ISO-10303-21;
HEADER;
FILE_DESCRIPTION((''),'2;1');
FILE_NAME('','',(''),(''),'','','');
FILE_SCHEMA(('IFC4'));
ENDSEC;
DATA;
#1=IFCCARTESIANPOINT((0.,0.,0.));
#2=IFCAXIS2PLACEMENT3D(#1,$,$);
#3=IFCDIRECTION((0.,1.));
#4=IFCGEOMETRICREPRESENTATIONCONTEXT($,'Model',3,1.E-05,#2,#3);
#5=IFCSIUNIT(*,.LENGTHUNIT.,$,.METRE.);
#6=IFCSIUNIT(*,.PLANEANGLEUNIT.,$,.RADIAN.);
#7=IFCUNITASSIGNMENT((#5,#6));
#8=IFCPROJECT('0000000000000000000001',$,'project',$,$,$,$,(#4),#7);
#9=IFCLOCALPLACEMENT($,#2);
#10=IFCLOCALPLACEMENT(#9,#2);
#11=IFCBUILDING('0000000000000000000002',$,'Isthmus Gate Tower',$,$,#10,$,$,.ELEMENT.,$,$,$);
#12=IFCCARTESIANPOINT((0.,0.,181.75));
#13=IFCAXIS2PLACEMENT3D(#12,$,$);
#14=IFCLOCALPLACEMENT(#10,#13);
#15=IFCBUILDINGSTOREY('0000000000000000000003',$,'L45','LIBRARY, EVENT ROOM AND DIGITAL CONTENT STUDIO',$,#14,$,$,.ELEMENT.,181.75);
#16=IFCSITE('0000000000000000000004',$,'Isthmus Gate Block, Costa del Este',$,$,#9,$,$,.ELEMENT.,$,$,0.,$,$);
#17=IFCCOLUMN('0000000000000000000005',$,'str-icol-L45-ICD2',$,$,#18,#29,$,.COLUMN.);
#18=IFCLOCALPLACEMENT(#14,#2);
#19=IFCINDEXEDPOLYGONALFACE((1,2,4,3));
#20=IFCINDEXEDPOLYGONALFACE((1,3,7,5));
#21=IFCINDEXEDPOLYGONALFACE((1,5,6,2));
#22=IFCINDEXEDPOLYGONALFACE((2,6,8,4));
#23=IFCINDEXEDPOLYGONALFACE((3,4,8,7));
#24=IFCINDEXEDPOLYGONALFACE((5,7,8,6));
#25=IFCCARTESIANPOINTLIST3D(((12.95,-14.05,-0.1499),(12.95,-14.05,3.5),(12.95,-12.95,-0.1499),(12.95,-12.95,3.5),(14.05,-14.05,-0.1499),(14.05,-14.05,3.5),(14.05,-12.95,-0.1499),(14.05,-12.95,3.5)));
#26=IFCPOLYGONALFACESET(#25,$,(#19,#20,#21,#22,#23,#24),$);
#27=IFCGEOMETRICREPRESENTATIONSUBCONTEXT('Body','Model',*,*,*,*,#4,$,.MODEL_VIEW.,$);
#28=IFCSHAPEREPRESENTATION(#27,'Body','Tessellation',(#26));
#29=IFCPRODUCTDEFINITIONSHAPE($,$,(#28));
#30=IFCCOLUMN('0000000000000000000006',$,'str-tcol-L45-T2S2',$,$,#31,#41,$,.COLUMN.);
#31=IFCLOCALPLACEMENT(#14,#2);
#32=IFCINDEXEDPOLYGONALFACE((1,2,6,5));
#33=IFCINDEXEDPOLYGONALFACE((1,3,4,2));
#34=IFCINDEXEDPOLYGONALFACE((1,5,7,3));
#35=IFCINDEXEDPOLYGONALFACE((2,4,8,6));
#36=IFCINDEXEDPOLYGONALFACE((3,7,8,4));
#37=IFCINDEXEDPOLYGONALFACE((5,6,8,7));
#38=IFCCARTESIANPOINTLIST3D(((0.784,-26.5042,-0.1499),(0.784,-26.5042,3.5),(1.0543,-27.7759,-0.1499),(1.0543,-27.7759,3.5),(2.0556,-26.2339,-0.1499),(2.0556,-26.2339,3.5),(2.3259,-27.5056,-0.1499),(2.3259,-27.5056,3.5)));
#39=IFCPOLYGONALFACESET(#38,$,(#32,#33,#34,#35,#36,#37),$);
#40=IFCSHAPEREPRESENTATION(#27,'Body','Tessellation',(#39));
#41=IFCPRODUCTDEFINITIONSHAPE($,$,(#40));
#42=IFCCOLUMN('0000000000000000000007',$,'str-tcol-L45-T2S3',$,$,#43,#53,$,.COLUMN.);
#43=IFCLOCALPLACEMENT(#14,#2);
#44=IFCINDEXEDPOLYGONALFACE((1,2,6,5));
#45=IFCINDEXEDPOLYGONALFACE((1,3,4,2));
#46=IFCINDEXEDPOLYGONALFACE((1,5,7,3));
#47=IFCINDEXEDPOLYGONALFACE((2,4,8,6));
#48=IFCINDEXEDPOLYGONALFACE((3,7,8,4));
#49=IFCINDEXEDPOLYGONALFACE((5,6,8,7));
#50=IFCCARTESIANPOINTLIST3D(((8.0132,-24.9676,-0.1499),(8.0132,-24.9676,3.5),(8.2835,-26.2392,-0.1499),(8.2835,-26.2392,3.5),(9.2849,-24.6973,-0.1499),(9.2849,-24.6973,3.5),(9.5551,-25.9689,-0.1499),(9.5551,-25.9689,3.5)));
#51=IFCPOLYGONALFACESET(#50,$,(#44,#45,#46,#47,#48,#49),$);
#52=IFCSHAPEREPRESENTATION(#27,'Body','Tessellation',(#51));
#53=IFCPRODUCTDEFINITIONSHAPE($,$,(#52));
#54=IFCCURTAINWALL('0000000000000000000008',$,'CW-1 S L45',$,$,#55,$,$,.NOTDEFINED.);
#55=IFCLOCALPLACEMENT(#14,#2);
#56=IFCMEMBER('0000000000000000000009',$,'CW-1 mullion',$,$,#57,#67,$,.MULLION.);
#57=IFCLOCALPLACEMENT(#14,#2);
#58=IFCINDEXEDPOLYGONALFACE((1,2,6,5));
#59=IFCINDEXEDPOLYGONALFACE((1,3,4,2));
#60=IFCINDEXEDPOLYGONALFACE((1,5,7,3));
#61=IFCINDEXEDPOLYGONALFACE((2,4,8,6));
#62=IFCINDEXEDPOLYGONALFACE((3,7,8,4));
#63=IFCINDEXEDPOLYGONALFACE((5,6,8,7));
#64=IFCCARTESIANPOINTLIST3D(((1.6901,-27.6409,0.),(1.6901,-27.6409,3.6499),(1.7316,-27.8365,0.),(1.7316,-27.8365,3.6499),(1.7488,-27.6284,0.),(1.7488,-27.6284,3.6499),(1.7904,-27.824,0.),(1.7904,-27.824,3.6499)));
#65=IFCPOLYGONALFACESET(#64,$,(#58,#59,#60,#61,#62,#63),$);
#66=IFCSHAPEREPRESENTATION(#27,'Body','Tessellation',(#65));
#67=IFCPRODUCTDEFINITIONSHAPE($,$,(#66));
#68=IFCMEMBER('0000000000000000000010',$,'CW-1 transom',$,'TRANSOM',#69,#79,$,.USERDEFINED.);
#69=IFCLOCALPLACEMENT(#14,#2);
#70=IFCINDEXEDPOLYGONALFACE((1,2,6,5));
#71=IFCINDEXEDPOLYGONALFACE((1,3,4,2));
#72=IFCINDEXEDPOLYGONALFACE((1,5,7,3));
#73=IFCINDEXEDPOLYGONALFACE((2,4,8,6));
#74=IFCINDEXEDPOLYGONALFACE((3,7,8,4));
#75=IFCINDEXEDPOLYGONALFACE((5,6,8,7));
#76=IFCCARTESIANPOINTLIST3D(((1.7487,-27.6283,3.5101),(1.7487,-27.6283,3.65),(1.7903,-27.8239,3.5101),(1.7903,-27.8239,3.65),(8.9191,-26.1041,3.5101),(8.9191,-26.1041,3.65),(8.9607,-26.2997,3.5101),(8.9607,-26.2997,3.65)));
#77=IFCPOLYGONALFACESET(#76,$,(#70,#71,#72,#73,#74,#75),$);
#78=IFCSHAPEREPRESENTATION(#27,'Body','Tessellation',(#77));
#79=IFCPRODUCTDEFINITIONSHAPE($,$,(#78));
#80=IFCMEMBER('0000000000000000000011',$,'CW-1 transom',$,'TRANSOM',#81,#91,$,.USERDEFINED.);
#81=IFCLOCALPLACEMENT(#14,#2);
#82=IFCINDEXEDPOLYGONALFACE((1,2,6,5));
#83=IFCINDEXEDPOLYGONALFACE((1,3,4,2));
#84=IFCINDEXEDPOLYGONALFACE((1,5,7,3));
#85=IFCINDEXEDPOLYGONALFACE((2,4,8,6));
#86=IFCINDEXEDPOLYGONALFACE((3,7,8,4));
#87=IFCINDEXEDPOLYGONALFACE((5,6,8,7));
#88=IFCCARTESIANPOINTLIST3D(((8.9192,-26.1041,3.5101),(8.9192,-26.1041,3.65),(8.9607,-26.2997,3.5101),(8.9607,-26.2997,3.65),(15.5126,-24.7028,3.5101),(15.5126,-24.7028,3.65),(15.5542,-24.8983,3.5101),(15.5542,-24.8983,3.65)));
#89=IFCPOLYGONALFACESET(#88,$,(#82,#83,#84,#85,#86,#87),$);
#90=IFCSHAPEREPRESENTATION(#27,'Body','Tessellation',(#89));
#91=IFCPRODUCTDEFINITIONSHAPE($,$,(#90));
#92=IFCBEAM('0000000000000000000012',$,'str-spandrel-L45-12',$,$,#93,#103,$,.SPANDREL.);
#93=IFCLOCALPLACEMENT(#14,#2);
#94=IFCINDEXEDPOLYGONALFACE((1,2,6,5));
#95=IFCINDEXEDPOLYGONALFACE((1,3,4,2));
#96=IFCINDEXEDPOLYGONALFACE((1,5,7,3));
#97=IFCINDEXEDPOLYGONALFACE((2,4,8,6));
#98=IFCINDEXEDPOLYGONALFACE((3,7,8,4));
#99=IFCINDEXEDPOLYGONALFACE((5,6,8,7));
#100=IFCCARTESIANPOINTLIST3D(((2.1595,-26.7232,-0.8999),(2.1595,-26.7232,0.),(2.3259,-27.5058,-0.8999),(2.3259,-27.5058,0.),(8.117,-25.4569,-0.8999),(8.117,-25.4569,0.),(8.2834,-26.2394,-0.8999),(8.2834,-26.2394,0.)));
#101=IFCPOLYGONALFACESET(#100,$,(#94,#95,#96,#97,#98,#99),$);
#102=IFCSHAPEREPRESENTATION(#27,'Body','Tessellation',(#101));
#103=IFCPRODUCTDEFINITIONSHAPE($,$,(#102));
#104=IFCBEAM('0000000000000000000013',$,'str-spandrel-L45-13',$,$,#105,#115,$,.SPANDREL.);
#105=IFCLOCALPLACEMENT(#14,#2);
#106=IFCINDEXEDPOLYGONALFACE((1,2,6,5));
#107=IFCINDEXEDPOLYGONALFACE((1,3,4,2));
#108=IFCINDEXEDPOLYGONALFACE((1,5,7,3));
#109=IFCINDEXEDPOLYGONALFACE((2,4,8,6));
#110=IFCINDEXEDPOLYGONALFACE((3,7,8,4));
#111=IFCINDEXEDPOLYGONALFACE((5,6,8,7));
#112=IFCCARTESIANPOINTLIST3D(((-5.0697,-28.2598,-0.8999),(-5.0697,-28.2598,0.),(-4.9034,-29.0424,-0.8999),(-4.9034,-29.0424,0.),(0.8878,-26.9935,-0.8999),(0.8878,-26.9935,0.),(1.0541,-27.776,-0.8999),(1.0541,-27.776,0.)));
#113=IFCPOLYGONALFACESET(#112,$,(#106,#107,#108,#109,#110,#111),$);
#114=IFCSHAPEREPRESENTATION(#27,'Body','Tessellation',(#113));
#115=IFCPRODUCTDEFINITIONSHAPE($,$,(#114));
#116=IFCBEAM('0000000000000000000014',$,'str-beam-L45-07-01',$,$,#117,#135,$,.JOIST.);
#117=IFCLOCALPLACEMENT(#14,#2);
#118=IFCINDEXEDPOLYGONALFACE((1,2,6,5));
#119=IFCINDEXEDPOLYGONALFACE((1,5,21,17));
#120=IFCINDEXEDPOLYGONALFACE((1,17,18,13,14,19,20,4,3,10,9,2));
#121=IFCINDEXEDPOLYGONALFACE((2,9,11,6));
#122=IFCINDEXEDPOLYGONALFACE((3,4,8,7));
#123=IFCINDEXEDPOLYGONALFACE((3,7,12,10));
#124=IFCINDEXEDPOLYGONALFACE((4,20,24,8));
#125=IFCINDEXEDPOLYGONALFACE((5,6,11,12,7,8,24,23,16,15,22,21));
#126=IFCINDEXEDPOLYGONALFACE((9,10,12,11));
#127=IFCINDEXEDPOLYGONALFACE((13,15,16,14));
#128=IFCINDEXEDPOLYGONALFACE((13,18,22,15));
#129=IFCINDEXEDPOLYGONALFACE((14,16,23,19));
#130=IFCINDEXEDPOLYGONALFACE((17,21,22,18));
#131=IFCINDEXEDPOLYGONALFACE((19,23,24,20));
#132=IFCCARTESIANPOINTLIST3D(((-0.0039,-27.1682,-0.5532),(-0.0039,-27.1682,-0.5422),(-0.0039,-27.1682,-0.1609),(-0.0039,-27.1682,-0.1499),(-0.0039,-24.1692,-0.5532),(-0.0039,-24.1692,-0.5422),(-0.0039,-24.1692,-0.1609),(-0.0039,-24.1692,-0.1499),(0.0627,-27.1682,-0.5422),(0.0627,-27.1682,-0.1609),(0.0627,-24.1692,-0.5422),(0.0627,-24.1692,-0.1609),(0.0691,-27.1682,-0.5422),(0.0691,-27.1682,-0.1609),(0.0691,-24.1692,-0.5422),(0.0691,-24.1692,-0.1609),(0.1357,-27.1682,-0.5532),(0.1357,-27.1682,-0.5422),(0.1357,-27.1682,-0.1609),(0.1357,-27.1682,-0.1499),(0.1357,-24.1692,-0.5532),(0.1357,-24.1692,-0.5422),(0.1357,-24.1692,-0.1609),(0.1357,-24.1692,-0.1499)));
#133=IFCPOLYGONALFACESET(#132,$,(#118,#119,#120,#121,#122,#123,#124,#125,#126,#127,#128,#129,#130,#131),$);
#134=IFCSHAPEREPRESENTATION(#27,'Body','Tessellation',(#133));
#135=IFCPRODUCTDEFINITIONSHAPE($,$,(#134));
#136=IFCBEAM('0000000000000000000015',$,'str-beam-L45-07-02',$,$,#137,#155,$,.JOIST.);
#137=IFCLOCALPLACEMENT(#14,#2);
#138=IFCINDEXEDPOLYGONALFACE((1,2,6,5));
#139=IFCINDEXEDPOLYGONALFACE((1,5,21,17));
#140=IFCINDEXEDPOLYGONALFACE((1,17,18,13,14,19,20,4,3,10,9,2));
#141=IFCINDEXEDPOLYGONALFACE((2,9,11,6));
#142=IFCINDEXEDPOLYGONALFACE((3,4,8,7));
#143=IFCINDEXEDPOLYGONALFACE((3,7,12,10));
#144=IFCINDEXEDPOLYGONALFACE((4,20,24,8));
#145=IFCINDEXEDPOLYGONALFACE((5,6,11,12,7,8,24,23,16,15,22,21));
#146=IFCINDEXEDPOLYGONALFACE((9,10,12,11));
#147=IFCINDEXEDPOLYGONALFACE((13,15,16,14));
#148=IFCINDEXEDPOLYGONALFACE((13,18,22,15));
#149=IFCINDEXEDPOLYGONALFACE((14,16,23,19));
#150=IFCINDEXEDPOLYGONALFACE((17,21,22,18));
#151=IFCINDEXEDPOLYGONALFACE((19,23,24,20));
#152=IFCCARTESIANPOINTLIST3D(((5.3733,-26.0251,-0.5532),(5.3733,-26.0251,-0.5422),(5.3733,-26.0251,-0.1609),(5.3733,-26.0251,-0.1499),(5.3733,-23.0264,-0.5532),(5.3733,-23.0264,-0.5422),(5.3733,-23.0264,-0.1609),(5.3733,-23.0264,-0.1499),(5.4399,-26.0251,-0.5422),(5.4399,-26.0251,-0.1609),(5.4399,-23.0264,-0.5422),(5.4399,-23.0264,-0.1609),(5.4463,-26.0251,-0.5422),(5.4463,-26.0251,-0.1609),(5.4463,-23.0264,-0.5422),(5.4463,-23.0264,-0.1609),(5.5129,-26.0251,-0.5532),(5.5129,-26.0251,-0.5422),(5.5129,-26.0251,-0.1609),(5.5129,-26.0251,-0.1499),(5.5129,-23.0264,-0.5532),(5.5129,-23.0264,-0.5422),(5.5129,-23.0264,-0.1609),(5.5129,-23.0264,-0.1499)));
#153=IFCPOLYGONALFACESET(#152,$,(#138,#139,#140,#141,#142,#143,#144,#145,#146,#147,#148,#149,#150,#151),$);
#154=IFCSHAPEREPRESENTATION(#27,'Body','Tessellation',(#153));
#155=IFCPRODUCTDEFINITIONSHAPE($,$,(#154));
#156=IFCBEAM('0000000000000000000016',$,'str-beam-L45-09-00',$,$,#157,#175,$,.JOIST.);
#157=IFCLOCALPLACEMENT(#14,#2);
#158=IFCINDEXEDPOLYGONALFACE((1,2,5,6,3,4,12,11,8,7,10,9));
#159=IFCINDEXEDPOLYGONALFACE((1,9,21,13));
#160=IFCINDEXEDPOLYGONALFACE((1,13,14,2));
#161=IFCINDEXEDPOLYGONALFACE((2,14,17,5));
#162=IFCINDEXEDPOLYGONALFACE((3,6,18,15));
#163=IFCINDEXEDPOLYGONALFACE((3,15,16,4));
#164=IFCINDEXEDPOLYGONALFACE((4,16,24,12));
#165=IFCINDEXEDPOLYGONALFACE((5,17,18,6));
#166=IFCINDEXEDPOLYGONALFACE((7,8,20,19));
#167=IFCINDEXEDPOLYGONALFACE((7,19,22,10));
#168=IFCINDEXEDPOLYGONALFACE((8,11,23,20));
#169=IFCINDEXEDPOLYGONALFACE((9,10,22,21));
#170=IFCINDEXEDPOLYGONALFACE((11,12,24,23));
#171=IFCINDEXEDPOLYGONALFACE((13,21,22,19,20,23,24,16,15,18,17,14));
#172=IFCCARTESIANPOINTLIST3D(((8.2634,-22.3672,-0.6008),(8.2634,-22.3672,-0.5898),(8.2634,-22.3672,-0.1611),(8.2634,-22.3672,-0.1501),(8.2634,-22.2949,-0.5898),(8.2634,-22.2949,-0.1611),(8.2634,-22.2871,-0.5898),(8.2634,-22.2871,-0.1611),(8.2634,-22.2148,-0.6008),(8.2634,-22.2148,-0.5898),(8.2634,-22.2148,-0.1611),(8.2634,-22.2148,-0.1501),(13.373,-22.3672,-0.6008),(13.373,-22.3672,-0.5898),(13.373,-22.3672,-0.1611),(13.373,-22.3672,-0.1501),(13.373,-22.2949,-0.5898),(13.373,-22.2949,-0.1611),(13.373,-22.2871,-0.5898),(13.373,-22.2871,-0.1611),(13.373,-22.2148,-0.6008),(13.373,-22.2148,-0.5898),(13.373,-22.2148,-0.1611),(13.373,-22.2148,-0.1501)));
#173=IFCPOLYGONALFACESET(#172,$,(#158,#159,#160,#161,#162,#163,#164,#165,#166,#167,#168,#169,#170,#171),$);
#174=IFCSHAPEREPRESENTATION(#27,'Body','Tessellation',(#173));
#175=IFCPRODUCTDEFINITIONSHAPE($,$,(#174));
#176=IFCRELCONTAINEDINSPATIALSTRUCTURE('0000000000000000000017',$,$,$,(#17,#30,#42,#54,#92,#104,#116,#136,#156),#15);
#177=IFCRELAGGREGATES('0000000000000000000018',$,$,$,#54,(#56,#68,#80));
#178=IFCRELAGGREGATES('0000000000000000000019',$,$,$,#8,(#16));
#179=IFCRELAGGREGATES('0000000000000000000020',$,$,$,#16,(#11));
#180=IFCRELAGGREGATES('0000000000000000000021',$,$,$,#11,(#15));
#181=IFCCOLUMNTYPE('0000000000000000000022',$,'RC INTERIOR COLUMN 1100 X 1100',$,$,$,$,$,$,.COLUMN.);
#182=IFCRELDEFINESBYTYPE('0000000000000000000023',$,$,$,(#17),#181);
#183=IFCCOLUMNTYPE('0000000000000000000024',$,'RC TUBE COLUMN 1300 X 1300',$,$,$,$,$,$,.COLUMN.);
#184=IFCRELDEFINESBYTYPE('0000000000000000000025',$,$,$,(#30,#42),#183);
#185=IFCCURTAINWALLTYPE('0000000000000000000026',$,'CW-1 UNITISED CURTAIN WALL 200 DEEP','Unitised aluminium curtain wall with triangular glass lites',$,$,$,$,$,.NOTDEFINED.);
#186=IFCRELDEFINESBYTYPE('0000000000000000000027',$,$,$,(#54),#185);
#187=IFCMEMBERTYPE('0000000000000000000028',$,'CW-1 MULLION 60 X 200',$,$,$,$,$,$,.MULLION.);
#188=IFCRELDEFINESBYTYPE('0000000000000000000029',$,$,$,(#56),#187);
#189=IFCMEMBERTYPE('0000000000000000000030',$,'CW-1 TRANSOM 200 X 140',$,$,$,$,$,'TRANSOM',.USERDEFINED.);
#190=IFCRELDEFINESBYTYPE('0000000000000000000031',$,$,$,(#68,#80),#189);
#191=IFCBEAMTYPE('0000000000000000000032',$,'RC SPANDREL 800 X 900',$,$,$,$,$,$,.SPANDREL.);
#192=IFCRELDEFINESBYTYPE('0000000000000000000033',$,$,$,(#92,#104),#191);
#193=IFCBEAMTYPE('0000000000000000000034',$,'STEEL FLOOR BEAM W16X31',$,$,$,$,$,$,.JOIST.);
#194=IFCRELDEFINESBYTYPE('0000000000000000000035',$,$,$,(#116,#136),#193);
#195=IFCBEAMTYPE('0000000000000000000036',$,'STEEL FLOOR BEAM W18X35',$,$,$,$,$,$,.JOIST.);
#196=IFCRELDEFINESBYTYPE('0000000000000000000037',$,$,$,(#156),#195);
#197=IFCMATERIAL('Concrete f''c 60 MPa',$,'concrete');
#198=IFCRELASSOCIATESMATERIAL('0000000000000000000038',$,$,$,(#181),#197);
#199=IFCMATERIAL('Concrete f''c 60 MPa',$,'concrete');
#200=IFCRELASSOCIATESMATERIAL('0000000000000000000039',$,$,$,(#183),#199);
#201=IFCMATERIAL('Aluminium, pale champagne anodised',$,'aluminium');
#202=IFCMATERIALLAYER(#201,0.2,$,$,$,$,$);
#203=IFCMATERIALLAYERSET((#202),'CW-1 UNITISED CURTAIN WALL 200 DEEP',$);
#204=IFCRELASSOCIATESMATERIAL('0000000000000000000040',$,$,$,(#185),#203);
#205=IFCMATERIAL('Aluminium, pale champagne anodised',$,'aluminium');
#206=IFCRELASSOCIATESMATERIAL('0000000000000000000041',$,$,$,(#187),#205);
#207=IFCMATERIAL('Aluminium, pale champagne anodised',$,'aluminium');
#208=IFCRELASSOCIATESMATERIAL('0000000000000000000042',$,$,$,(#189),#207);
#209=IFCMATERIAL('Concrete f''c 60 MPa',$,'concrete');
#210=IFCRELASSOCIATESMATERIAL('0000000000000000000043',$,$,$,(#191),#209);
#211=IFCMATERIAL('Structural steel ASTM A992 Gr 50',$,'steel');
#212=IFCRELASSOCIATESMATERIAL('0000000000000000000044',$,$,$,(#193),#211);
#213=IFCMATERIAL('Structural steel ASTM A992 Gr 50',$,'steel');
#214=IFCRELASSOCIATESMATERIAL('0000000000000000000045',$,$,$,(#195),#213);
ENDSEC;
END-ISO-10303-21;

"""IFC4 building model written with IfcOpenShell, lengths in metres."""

from ifc_helpers import new_model, si_unit, direction, frame, origin, origin_2d, place, context, subcontext, project, spatial, rectangle, i_section, extrude, material, layer, layer_set, material_profile, profile_set, type_object, element, aggregate, save


model = new_model("IFC4")

# Units and contexts
model_context = context("Model", 3, precision=1e-05, world=origin(), true_north=direction((0.0, 1.0)))
body_context = subcontext(model_context, "Body", "Model", "MODEL_VIEW")
ifc_project = project(units=[si_unit("LENGTHUNIT", "METRE"), si_unit("PLANEANGLEUNIT", "RADIAN")], contexts=[model_context])

# Site, building, storey
site_placement = place(None, origin())
site = spatial("IfcSite", under=ifc_project, at=site_placement, Name="Isthmus Gate Block, Costa del Este", CompositionType="ELEMENT", RefElevation=0.0)
building_placement = place(site_placement, origin())
building = spatial("IfcBuilding", under=site, at=building_placement, Name="Isthmus Gate Tower", CompositionType="ELEMENT")
storey_placement = place(building_placement, frame((0.0, 0.0, 181.75)))
storey = spatial("IfcBuildingStorey", under=building, at=storey_placement, Name="L45", Description="LIBRARY, EVENT ROOM AND DIGITAL CONTENT STUDIO", CompositionType="ELEMENT", Elevation=181.75)

# Columns
ifc_material_1 = material(Name="Concrete f'c 60 MPa", Category="concrete")
ifc_material_profile_1 = material_profile(ifc_material_1, rectangle(XDim=1.1001, YDim=1.1001, at=origin_2d()), Name="RC 1100X1100")
ifc_profile_set_1 = profile_set([ifc_material_profile_1], Name="Concrete f'c 60 MPa")
column_type_1 = type_object("IfcColumnType", Name="RC INTERIOR COLUMN 1100 X 1100", PredefinedType="COLUMN", material=ifc_profile_set_1)
column_placement = place(storey_placement, frame((13.5, -13.5, -0.1499), z_axis=(0.0, 0.0, 1.0), x_axis=(1.0, 0.0, 0.0)))
element("IfcColumn", 1, at=column_placement, inside=storey, type_object=column_type_1, Name="str-icol-L45-ICD2", PredefinedType="COLUMN", context=body_context, shape_type="SweptSolid", body=[
    extrude(rectangle(XDim=1.1001, YDim=1.1001, at=origin_2d()), origin(), (0.0, 0.0, 1.0), 3.6499),
])
ifc_material_2 = material(Name="Concrete f'c 60 MPa", Category="concrete")
ifc_material_profile_2 = material_profile(ifc_material_2, rectangle(XDim=1.3, YDim=1.3, at=origin_2d()), Name="RC 1300X1300")
ifc_profile_set_2 = profile_set([ifc_material_profile_2], Name="Concrete f'c 60 MPa")
column_type_2 = type_object("IfcColumnType", Name="RC TUBE COLUMN 1300 X 1300", PredefinedType="COLUMN", material=ifc_profile_set_2)
for number, where, z_axis, x_axis, name in (
    (2, (1.5549, -27.0049, -0.1499), (0.0, 0.0, 1.0), (0.978148, 0.207912, 0.0), "str-tcol-L45-T2S2"),
    (3, (8.7842, -25.4683, -0.1499), (0.0, 0.0, 1.0), (0.978148, 0.207912, 0.0), "str-tcol-L45-T2S3"),
):
    element("IfcColumn", number, at=place(storey_placement, frame(where, z_axis=z_axis, x_axis=x_axis)), inside=storey, type_object=column_type_2, Name=name, PredefinedType="COLUMN", context=body_context, shape_type="SweptSolid", body=[
        extrude(rectangle(XDim=1.3, YDim=1.3, at=origin_2d()), origin(), (0.0, 0.0, 1.0), 3.6499),
    ])

# Curtain wall, members
ifc_material_3 = material(Name="Aluminium, pale champagne anodised", Category="aluminium")
ifc_layer_1 = layer(ifc_material_3, 0.2)
ifc_layer_set_1 = layer_set([ifc_layer_1], Name="CW-1 UNITISED CURTAIN WALL 200 DEEP")
curtain_wall_type = type_object("IfcCurtainWallType", Name="CW-1 UNITISED CURTAIN WALL 200 DEEP", Description="Unitised aluminium curtain wall with triangular glass lites", PredefinedType="NOTDEFINED", material=ifc_layer_set_1)
curtain_wall_placement = place(storey_placement, origin())
curtain_wall = element("IfcCurtainWall", 4, at=curtain_wall_placement, inside=storey, type_object=curtain_wall_type, Name="CW-1 S L45", PredefinedType="NOTDEFINED")
ifc_material_4 = material(Name="Aluminium, pale champagne anodised", Category="aluminium")
ifc_material_profile_3 = material_profile(ifc_material_4, rectangle(XDim=0.0601, YDim=0.2, at=origin_2d()), Name="60x200")
ifc_profile_set_3 = profile_set([ifc_material_profile_3], Name="Aluminium, pale champagne anodised")
member_type_1 = type_object("IfcMemberType", Name="CW-1 MULLION 60 X 200", PredefinedType="MULLION", material=ifc_profile_set_3)
member_1_placement = place(storey_placement, frame((1.7402, -27.7324, 0.0), z_axis=(0.0, 0.0, 1.0), x_axis=(0.978148, 0.207912, 0.0)))
member_1 = element("IfcMember", 5, at=member_1_placement, type_object=member_type_1, Name="CW-1 mullion", PredefinedType="MULLION", context=body_context, shape_type="SweptSolid", body=[
    extrude(rectangle(XDim=0.0601, YDim=0.2, at=origin_2d()), origin(), (0.0, 0.0, 1.0), 3.6499),
])
ifc_material_5 = material(Name="Aluminium, pale champagne anodised", Category="aluminium")
ifc_material_profile_4 = material_profile(ifc_material_5, rectangle(XDim=0.2, YDim=0.1399, at=origin_2d()), Name="200x140")
ifc_profile_set_4 = profile_set([ifc_material_profile_4], Name="Aluminium, pale champagne anodised")
member_type_2 = type_object("IfcMemberType", Name="CW-1 TRANSOM 200 X 140", ElementType="TRANSOM", PredefinedType="USERDEFINED", material=ifc_profile_set_4)
member_2_placement = place(storey_placement, frame((1.7695, -27.7261, 3.5801), z_axis=(0.978146, 0.207919, 0.0), x_axis=(-0.207919, 0.978146, 0.0)))
member_2 = element("IfcMember", 6, at=member_2_placement, type_object=member_type_2, Name="CW-1 transom", ObjectType="TRANSOM", PredefinedType="USERDEFINED", context=body_context, shape_type="SweptSolid", body=[
    extrude(rectangle(XDim=0.2, YDim=0.1399, at=origin_2d()), origin(), (0.0, 0.0, 1.0), 7.3306),
])
member_3_placement = place(storey_placement, frame((8.9399, -26.2019, 3.5801), z_axis=(0.978151, 0.207894, 0.0), x_axis=(-0.207894, 0.978151, 0.0)))
member_3 = element("IfcMember", 7, at=member_3_placement, type_object=member_type_2, Name="CW-1 transom", ObjectType="TRANSOM", PredefinedType="USERDEFINED", context=body_context, shape_type="SweptSolid", body=[
    extrude(rectangle(XDim=0.2, YDim=0.1399, at=origin_2d()), origin(), (0.0, 0.0, 1.0), 6.7407),
])

# Beams
ifc_material_6 = material(Name="Concrete f'c 60 MPa", Category="concrete")
ifc_material_profile_5 = material_profile(ifc_material_6, rectangle(XDim=0.8, YDim=0.8999, at=origin_2d()), Name="RC 800X900")
ifc_profile_set_5 = profile_set([ifc_material_profile_5], Name="Concrete f'c 60 MPa")
beam_type_1 = type_object("IfcBeamType", Name="RC SPANDREL 800 X 900", PredefinedType="SPANDREL", material=ifc_profile_set_5)
for number, where, z_axis, x_axis, name in (
    (8, (8.2002, -25.8481, -0.45), (-0.978146, -0.207919, 0.0), (0.207919, -0.978146, 0.0), "str-spandrel-L45-12"),
    (9, (0.9709, -27.3848, -0.45), (-0.978146, -0.207919, 0.0), (0.207919, -0.978146, 0.0), "str-spandrel-L45-13"),
):
    element("IfcBeam", number, at=place(storey_placement, frame(where, z_axis=z_axis, x_axis=x_axis)), inside=storey, type_object=beam_type_1, Name=name, PredefinedType="SPANDREL", context=body_context, shape_type="SweptSolid", body=[
        extrude(rectangle(XDim=0.8, YDim=0.8999, at=origin_2d()), origin(), (0.0, 0.0, 1.0), 6.0906),
    ])
ifc_material_7 = material(Name="Structural steel ASTM A992 Gr 50", Category="steel")
ifc_material_profile_6 = material_profile(ifc_material_7, i_section(OverallWidth=0.1396, OverallDepth=0.4033, WebThickness=0.0063, FlangeThickness=0.011, at=origin_2d()), Name="W16X31")
ifc_profile_set_6 = profile_set([ifc_material_profile_6], Name="Structural steel ASTM A992 Gr 50")
beam_type_2 = type_object("IfcBeamType", Name="STEEL FLOOR BEAM W16X31", PredefinedType="JOIST", material=ifc_profile_set_6)
beam_1_placement = place(storey_placement, frame((0.0659, -27.1682, -0.3516), z_axis=(0.0, 1.0, 0.0), x_axis=(-1.0, 0.0, 0.0)))
element("IfcBeam", 10, at=beam_1_placement, inside=storey, type_object=beam_type_2, Name="str-beam-L45-07-01", PredefinedType="JOIST", context=body_context, shape_type="SweptSolid", body=[
    extrude(i_section(OverallWidth=0.1396, OverallDepth=0.4033, WebThickness=0.0063, FlangeThickness=0.011, at=origin_2d()), origin(), (0.0, 0.0, 1.0), 2.999),
])
beam_2_placement = place(storey_placement, frame((5.4431, -26.0251, -0.3516), z_axis=(0.0, 1.0, 0.0), x_axis=(-1.0, 0.0, 0.0)))
element("IfcBeam", 11, at=beam_2_placement, inside=storey, type_object=beam_type_2, Name="str-beam-L45-07-02", PredefinedType="JOIST", context=body_context, shape_type="SweptSolid", body=[
    extrude(i_section(OverallWidth=0.1396, OverallDepth=0.4033, WebThickness=0.0063, FlangeThickness=0.011, at=origin_2d()), origin(), (0.0, 0.0, 1.0), 2.9988),
])
ifc_material_8 = material(Name="Structural steel ASTM A992 Gr 50", Category="steel")
ifc_material_profile_7 = material_profile(ifc_material_8, i_section(OverallWidth=0.1523, OverallDepth=0.4507, WebThickness=0.0078, FlangeThickness=0.011, at=origin_2d()), Name="W18X35")
ifc_profile_set_7 = profile_set([ifc_material_profile_7], Name="Structural steel ASTM A992 Gr 50")
beam_type_3 = type_object("IfcBeamType", Name="STEEL FLOOR BEAM W18X35", PredefinedType="JOIST", material=ifc_profile_set_7)
for number, where, z_axis, x_axis, name in (
    (12, (8.2634, -22.291, -0.3755), (1.0, 0.0, 0.0), (0.0, 1.0, 0.0), "str-beam-L45-09-00"),
):
    element("IfcBeam", number, at=place(storey_placement, frame(where, z_axis=z_axis, x_axis=x_axis)), inside=storey, type_object=beam_type_3, Name=name, PredefinedType="JOIST", context=body_context, shape_type="SweptSolid", body=[
        extrude(i_section(OverallWidth=0.1523, OverallDepth=0.4507, WebThickness=0.0078, FlangeThickness=0.011, at=origin_2d()), origin(), (0.0, 0.0, 1.0), 5.1096),
    ])

aggregate(curtain_wall, [member_1, member_2, member_3])

save(model, "model.ifc")
